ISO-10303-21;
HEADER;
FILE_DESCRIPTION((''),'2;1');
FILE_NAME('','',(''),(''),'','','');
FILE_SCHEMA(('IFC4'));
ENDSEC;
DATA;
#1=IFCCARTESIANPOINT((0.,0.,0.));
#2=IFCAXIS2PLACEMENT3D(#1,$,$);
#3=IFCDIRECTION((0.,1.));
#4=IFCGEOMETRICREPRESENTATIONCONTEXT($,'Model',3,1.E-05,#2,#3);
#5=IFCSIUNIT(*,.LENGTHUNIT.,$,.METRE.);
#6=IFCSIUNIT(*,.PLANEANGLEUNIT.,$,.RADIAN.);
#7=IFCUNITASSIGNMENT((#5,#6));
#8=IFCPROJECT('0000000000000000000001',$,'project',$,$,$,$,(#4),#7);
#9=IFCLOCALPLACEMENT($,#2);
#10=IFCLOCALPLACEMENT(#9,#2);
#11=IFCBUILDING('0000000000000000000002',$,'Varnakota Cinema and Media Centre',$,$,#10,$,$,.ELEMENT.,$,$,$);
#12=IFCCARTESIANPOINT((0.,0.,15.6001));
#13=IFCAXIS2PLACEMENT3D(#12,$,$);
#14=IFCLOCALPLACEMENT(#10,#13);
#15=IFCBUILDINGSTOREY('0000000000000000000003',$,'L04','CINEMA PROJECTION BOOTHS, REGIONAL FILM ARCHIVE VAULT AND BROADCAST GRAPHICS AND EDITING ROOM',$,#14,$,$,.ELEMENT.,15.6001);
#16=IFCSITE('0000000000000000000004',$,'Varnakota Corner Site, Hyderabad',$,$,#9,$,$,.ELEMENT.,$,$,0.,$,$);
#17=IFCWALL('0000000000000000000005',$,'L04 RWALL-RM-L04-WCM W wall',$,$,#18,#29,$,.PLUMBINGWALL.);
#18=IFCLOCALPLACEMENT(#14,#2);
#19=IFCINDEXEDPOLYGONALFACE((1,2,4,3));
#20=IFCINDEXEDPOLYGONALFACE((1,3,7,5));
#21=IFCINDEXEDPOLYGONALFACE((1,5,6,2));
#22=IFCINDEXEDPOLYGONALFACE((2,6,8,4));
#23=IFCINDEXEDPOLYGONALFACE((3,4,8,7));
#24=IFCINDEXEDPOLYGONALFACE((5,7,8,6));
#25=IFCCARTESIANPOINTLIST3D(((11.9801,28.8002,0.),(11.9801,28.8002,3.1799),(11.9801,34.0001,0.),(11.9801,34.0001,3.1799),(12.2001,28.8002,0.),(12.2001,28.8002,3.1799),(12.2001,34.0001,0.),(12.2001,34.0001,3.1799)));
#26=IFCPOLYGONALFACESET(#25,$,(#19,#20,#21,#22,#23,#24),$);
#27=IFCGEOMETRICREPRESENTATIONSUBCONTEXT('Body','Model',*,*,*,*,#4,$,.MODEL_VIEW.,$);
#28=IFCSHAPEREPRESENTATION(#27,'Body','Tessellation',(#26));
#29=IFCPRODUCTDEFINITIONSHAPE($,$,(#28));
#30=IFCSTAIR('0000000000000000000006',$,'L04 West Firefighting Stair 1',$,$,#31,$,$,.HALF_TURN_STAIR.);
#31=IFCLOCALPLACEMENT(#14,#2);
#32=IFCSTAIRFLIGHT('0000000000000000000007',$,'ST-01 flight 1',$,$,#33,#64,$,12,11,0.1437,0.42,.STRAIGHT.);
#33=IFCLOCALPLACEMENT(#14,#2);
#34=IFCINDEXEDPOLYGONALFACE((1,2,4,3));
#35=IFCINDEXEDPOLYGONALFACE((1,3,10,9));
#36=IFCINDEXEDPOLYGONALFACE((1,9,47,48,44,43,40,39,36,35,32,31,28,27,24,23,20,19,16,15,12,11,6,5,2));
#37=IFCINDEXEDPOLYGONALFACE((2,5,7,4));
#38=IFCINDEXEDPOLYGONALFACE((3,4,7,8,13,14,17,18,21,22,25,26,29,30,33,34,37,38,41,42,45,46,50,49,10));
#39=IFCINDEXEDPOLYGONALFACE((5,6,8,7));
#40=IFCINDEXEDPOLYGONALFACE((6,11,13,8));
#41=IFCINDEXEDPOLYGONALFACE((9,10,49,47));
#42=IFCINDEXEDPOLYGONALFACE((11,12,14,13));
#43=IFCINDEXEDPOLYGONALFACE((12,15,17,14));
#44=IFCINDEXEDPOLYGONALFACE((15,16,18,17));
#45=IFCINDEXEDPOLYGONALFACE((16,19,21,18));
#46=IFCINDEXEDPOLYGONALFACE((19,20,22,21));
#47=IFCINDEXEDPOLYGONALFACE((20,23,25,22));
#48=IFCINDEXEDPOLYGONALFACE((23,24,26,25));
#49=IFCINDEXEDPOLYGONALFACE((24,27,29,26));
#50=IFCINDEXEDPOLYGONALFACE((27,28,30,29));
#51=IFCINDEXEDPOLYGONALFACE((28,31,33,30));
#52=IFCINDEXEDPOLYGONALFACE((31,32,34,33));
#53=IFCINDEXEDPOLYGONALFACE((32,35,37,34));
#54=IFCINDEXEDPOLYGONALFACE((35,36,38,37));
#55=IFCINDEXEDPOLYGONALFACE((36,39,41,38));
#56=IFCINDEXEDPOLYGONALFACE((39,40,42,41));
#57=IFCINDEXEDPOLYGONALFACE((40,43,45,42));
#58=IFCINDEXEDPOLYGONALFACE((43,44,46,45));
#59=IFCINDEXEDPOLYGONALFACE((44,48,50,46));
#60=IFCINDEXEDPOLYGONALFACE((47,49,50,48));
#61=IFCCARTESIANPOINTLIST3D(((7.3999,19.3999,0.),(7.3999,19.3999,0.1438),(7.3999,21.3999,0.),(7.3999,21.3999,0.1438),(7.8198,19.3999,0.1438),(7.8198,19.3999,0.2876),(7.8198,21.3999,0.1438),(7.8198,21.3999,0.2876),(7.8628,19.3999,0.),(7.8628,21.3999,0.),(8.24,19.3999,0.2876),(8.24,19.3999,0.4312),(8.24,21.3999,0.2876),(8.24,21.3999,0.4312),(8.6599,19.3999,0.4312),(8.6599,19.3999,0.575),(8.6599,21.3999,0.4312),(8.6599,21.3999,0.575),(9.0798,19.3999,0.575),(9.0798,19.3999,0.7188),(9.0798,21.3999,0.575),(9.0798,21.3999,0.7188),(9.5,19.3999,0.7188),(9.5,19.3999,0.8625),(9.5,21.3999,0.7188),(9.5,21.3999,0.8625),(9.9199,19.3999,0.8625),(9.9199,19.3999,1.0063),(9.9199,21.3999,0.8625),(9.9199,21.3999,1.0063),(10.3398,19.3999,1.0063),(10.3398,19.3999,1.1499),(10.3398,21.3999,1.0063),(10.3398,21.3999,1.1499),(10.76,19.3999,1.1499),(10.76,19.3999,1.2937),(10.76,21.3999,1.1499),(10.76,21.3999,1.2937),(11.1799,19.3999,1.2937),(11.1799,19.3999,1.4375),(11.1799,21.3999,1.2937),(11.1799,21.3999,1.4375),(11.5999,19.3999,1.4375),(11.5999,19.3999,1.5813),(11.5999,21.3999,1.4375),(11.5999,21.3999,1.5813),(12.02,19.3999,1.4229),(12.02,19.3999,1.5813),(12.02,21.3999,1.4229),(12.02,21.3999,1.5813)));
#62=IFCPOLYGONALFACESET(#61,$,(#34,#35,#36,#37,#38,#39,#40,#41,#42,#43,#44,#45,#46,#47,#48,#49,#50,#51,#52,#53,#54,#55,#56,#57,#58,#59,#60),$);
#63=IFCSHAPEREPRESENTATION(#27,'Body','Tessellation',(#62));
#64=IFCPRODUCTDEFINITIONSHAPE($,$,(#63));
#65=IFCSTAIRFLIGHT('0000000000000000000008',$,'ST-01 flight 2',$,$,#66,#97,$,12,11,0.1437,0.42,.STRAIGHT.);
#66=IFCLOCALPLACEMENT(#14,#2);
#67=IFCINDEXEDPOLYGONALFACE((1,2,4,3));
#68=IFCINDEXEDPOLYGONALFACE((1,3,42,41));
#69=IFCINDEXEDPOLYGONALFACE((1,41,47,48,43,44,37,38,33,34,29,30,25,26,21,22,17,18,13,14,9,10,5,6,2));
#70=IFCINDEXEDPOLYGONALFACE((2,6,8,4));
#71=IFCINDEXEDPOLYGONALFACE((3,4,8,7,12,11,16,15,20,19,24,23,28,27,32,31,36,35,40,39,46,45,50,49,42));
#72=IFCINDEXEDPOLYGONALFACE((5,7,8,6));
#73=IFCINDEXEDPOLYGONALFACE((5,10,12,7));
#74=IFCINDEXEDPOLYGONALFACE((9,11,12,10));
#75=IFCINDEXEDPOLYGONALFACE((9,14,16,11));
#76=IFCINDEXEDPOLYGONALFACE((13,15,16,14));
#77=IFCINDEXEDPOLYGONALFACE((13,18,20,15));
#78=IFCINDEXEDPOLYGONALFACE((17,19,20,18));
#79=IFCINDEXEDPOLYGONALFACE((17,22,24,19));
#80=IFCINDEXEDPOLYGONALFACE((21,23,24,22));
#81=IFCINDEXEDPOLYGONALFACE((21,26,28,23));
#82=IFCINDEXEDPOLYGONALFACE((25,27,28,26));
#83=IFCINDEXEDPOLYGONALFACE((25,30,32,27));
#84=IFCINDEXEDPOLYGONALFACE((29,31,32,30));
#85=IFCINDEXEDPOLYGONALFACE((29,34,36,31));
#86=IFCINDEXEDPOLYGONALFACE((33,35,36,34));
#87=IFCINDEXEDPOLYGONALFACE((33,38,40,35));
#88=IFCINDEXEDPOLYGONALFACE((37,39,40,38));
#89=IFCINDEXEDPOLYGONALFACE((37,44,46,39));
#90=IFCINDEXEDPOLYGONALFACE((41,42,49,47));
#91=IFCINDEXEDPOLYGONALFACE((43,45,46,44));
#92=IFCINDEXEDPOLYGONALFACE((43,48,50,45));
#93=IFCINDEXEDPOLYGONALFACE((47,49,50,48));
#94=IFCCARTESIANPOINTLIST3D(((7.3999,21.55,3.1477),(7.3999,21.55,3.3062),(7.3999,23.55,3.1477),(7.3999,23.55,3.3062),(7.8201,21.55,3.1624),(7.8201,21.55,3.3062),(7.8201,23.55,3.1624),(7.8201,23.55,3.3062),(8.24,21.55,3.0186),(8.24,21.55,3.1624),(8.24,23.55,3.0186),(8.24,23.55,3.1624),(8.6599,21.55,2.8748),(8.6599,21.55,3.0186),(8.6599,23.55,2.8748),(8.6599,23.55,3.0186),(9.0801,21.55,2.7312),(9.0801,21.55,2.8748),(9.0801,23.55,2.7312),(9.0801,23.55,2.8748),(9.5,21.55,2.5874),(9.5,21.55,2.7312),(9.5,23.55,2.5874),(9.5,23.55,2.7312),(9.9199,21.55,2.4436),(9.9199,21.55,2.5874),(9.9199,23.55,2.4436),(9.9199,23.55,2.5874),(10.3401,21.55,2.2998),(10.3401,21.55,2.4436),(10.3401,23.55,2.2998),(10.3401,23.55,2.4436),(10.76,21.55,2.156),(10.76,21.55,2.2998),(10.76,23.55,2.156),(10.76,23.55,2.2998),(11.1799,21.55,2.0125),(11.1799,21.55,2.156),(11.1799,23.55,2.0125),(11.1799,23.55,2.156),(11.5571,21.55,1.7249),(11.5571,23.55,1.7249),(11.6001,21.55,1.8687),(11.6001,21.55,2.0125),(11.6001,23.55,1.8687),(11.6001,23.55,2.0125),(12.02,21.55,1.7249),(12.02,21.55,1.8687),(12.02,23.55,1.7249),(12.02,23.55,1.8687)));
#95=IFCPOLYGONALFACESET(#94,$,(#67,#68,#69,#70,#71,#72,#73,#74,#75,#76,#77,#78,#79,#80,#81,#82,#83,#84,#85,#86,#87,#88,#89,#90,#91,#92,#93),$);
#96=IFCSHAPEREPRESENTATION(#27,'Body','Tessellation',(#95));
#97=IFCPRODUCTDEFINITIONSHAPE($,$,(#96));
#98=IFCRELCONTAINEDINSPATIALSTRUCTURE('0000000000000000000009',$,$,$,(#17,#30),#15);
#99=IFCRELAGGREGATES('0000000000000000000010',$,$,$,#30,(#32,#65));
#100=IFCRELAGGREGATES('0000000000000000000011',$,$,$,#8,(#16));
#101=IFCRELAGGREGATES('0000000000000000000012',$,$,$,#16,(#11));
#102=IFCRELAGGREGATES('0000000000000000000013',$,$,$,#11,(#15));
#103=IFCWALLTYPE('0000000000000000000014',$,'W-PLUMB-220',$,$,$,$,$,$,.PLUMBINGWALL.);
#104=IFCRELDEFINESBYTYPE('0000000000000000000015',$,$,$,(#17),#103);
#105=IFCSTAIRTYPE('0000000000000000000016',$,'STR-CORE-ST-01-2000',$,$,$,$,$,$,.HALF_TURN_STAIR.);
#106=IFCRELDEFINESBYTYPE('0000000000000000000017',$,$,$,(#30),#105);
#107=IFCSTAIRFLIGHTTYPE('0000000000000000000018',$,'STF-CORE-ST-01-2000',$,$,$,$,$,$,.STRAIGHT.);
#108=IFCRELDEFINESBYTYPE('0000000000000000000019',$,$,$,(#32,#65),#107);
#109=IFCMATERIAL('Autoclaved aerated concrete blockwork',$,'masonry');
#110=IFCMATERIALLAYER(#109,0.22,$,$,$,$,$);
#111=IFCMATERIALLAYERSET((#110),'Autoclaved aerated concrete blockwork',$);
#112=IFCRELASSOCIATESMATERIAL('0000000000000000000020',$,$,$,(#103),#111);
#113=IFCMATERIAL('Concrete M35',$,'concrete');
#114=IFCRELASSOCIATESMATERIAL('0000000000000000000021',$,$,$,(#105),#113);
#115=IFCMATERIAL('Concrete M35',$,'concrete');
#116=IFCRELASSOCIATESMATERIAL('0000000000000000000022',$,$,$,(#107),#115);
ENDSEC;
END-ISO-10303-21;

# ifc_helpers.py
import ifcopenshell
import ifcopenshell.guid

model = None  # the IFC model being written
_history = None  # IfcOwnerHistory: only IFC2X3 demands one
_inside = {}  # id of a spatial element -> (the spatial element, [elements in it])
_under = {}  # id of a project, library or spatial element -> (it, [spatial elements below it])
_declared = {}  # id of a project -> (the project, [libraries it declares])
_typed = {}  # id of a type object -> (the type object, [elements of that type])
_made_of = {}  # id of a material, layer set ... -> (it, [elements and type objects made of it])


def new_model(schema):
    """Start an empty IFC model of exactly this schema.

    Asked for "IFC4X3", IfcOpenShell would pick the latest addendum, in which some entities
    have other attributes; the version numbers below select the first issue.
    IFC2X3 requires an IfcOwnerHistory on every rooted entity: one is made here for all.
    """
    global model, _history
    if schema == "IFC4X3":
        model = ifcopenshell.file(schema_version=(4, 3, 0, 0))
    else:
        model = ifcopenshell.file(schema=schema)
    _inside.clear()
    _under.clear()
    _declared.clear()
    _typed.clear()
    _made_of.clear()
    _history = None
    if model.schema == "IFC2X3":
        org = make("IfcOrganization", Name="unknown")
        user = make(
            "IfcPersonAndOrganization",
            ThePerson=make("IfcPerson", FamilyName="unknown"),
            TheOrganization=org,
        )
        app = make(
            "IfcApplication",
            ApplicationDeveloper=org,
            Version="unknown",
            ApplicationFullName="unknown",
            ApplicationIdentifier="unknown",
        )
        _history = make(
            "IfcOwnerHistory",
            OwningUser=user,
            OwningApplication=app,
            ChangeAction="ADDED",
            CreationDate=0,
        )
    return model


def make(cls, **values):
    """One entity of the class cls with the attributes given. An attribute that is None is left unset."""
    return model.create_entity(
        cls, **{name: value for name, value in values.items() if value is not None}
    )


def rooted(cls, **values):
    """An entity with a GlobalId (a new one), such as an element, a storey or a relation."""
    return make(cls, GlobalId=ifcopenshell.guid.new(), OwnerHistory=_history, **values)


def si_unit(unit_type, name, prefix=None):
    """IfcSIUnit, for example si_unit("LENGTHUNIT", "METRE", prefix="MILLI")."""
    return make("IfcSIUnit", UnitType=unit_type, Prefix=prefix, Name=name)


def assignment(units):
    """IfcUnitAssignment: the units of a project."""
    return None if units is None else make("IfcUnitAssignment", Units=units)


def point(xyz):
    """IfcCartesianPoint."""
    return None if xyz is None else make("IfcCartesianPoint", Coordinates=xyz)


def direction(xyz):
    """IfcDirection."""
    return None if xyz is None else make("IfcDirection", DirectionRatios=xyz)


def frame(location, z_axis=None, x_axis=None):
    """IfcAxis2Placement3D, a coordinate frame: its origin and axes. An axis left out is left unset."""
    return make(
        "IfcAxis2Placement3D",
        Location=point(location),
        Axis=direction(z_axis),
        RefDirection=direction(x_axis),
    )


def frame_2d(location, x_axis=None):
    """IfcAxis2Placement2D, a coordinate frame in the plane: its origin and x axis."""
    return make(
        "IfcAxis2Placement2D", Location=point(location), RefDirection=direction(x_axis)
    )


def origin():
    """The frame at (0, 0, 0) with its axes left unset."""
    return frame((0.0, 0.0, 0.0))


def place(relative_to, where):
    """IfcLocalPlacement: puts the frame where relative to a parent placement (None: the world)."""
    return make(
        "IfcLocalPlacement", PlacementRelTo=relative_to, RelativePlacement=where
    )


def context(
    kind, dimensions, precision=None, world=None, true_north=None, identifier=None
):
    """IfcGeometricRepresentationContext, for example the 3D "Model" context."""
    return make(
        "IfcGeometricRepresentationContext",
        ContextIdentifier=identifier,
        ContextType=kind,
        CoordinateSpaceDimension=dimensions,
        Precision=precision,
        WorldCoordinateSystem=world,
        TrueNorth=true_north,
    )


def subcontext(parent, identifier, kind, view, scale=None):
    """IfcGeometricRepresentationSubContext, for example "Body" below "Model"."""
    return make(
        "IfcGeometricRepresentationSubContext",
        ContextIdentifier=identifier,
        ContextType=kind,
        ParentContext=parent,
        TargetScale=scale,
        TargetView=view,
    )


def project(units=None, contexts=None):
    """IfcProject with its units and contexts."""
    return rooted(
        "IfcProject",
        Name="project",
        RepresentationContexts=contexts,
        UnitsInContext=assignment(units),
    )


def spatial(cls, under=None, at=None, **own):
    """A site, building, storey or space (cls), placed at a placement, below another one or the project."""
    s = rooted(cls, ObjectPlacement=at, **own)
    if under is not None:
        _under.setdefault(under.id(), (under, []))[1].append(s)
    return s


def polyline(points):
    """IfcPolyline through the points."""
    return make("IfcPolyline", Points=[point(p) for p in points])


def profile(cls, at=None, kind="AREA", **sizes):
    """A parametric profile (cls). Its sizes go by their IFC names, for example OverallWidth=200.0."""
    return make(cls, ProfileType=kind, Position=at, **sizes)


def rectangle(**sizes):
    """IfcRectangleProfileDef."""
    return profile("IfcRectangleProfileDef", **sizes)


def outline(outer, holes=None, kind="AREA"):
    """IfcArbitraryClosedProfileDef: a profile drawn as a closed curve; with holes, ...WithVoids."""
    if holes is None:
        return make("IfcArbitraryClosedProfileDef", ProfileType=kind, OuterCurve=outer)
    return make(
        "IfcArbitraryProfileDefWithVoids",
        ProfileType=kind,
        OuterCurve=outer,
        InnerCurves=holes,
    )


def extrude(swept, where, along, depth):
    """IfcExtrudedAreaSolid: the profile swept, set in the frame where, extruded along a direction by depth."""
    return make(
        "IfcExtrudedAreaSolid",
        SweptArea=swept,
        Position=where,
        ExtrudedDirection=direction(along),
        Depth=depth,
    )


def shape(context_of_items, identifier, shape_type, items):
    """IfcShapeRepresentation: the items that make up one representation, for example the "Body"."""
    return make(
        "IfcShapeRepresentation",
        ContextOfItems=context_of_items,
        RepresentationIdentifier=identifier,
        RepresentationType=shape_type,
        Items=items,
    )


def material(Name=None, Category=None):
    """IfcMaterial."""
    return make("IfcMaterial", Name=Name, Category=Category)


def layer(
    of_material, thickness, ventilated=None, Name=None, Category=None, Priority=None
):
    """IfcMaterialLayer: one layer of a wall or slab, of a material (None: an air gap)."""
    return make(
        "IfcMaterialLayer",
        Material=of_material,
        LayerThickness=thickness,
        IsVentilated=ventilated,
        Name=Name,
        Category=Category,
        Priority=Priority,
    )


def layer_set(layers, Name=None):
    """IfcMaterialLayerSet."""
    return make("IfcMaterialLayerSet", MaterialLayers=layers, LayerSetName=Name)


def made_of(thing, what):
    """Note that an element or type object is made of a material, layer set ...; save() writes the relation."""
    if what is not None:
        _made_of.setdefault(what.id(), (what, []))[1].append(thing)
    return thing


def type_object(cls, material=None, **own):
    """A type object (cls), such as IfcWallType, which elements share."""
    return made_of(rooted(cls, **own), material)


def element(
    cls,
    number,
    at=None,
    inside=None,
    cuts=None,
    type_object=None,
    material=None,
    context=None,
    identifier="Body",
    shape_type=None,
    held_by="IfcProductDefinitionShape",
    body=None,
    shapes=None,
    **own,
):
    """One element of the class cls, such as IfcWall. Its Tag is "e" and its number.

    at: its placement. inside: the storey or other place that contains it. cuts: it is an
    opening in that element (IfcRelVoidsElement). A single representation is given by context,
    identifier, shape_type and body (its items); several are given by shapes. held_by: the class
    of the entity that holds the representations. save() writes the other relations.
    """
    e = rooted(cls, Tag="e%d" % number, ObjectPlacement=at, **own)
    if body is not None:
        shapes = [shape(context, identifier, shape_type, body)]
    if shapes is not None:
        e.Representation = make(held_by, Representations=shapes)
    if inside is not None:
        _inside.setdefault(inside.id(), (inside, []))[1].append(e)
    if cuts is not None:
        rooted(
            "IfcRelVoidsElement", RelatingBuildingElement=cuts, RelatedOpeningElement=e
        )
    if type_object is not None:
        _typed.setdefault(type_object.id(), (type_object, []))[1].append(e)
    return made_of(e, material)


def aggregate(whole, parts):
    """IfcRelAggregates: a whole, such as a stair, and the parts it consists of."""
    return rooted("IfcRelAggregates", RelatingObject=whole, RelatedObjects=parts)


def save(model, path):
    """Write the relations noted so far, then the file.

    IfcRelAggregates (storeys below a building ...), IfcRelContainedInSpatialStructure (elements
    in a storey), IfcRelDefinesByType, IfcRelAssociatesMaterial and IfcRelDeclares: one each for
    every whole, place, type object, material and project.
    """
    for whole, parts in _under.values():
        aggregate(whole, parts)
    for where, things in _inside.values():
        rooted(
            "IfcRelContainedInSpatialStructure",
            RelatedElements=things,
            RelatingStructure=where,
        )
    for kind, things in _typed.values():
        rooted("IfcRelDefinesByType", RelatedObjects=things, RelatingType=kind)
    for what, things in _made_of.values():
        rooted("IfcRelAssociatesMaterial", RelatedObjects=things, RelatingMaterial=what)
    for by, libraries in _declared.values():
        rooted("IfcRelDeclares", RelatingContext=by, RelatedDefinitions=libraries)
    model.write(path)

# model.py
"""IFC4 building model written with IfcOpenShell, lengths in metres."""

from ifc_helpers import new_model, si_unit, direction, frame, frame_2d, origin, place, context, subcontext, project, spatial, polyline, rectangle, outline, extrude, material, layer, layer_set, type_object, element, aggregate, save


model = new_model("IFC4")

# Units and contexts
model_context = context("Model", 3, precision=1e-05, world=origin(), true_north=direction((0.0, 1.0)))
body_context = subcontext(model_context, "Body", "Model", "MODEL_VIEW")
ifc_project = project(units=[si_unit("LENGTHUNIT", "METRE"), si_unit("PLANEANGLEUNIT", "RADIAN")], contexts=[model_context])

# Site, building, storey
site_placement = place(None, origin())
site = spatial("IfcSite", under=ifc_project, at=site_placement, Name="Varnakota Corner Site, Hyderabad", CompositionType="ELEMENT", RefElevation=0.0)
building_placement = place(site_placement, origin())
building = spatial("IfcBuilding", under=site, at=building_placement, Name="Varnakota Cinema and Media Centre", CompositionType="ELEMENT")
storey_placement = place(building_placement, frame((0.0, 0.0, 15.6001)))
storey = spatial("IfcBuildingStorey", under=building, at=storey_placement, Name="L04", Description="CINEMA PROJECTION BOOTHS, REGIONAL FILM ARCHIVE VAULT AND BROADCAST GRAPHICS AND EDITING ROOM", CompositionType="ELEMENT", Elevation=15.6001)

# Wall
ifc_material_1 = material(Name="Autoclaved aerated concrete blockwork", Category="masonry")
ifc_layer_1 = layer(ifc_material_1, 0.22)
ifc_layer_set_1 = layer_set([ifc_layer_1], Name="Autoclaved aerated concrete blockwork")
wall_type_1 = type_object("IfcWallType", Name="W-PLUMB-220", PredefinedType="PLUMBINGWALL", material=ifc_layer_set_1)
wall_1_placement = place(storey_placement, frame((12.0901, 28.8, 0.0), z_axis=(0.0, 0.0, 1.0), x_axis=(0.0, 1.0, 0.0)))
element("IfcWall", 1, at=wall_1_placement, inside=storey, type_object=wall_type_1, Name="L04 RWALL-RM-L04-WCM W wall", PredefinedType="PLUMBINGWALL", context=body_context, shape_type="SweptSolid", body=[
    extrude(rectangle(XDim=5.2, YDim=0.22, at=frame_2d((2.6001, 0.0))), origin(), (0.0, 0.0, 1.0), 3.1799),
])

# Stair, stair flights
ifc_material_2 = material(Name="Concrete M35", Category="concrete")
stair_type = type_object("IfcStairType", Name="STR-CORE-ST-01-2000", PredefinedType="HALF_TURN_STAIR", material=ifc_material_2)
stair_placement = place(storey_placement, origin())
stair = element("IfcStair", 2, at=stair_placement, inside=storey, type_object=stair_type, Name="L04 West Firefighting Stair 1", PredefinedType="HALF_TURN_STAIR")
ifc_material_3 = material(Name="Concrete M35", Category="concrete")
stair_flight_type = type_object("IfcStairFlightType", Name="STF-CORE-ST-01-2000", PredefinedType="STRAIGHT", material=ifc_material_3)
stair_flight_1_placement = place(storey_placement, frame((7.3999, 20.3999, 0.0), z_axis=(0.0, 0.0, 1.0), x_axis=(1.0, 0.0, 0.0)))
stair_flight_1 = element("IfcStairFlight", 3, at=stair_flight_1_placement, type_object=stair_flight_type, Name="ST-01 flight 1", NumberOfRisers=12, NumberOfTreads=11, PredefinedType="STRAIGHT", RiserHeight=0.1437, TreadLength=0.42, context=body_context, shape_type="SweptSolid", body=[
    extrude(outline(polyline([(0.0, 0.0), (0.0, 0.1438), (0.4199, 0.1438), (0.4199, 0.2876), (0.8401, 0.2876), (0.8401, 0.4312), (1.26, 0.4312), (1.26, 0.575), (1.6799, 0.575), (1.6799, 0.7188), (2.1001, 0.7188), (2.1001, 0.8625), (2.52, 0.8625), (2.52, 1.0063), (2.9399, 1.0063), (2.9399, 1.1499), (3.3601, 1.1499), (3.3601, 1.2937), (3.78, 1.2937), (3.78, 1.4375), (4.2, 1.4375), (4.2, 1.5813), (4.6201, 1.5813), (4.6201, 1.7251), (4.6201, 1.4229), (0.4629, 0.0), (0.0, 0.0)])), frame((0.0, 1.0, 0.0), z_axis=(0.0, -1.0, 0.0), x_axis=(1.0, 0.0, 0.0)), (0.0, 0.0, 1.0), 2.0),
])
stair_flight_2_placement = place(storey_placement, frame((12.02, 22.55, 1.7249), z_axis=(0.0, 0.0, 1.0), x_axis=(-1.0, 0.0, 0.0)))
stair_flight_2 = element("IfcStairFlight", 4, at=stair_flight_2_placement, type_object=stair_flight_type, Name="ST-01 flight 2", NumberOfRisers=12, NumberOfTreads=11, PredefinedType="STRAIGHT", RiserHeight=0.1437, TreadLength=0.42, context=body_context, shape_type="SweptSolid", body=[
    extrude(outline(polyline([(0.0, 0.0), (0.0, 0.1438), (0.4199, 0.1438), (0.4199, 0.2876), (0.8401, 0.2876), (0.8401, 0.4312), (1.26, 0.4312), (1.26, 0.575), (1.6799, 0.575), (1.6799, 0.7188), (2.1001, 0.7188), (2.1001, 0.8625), (2.52, 0.8625), (2.52, 1.0063), (2.9399, 1.0063), (2.9399, 1.1499), (3.3601, 1.1499), (3.3601, 1.2937), (3.78, 1.2937), (3.78, 1.4375), (4.2, 1.4375), (4.2, 1.5813), (4.6201, 1.5813), (4.6201, 1.7251), (4.6201, 1.4229), (0.4629, 0.0), (0.0, 0.0)])), frame((0.0, 1.0, 0.0), z_axis=(0.0, -1.0, 0.0), x_axis=(1.0, 0.0, 0.0)), (0.0, 0.0, 1.0), 2.0),
])
aggregate(stair, [stair_flight_1, stair_flight_2])

save(model, "model.ifc")
